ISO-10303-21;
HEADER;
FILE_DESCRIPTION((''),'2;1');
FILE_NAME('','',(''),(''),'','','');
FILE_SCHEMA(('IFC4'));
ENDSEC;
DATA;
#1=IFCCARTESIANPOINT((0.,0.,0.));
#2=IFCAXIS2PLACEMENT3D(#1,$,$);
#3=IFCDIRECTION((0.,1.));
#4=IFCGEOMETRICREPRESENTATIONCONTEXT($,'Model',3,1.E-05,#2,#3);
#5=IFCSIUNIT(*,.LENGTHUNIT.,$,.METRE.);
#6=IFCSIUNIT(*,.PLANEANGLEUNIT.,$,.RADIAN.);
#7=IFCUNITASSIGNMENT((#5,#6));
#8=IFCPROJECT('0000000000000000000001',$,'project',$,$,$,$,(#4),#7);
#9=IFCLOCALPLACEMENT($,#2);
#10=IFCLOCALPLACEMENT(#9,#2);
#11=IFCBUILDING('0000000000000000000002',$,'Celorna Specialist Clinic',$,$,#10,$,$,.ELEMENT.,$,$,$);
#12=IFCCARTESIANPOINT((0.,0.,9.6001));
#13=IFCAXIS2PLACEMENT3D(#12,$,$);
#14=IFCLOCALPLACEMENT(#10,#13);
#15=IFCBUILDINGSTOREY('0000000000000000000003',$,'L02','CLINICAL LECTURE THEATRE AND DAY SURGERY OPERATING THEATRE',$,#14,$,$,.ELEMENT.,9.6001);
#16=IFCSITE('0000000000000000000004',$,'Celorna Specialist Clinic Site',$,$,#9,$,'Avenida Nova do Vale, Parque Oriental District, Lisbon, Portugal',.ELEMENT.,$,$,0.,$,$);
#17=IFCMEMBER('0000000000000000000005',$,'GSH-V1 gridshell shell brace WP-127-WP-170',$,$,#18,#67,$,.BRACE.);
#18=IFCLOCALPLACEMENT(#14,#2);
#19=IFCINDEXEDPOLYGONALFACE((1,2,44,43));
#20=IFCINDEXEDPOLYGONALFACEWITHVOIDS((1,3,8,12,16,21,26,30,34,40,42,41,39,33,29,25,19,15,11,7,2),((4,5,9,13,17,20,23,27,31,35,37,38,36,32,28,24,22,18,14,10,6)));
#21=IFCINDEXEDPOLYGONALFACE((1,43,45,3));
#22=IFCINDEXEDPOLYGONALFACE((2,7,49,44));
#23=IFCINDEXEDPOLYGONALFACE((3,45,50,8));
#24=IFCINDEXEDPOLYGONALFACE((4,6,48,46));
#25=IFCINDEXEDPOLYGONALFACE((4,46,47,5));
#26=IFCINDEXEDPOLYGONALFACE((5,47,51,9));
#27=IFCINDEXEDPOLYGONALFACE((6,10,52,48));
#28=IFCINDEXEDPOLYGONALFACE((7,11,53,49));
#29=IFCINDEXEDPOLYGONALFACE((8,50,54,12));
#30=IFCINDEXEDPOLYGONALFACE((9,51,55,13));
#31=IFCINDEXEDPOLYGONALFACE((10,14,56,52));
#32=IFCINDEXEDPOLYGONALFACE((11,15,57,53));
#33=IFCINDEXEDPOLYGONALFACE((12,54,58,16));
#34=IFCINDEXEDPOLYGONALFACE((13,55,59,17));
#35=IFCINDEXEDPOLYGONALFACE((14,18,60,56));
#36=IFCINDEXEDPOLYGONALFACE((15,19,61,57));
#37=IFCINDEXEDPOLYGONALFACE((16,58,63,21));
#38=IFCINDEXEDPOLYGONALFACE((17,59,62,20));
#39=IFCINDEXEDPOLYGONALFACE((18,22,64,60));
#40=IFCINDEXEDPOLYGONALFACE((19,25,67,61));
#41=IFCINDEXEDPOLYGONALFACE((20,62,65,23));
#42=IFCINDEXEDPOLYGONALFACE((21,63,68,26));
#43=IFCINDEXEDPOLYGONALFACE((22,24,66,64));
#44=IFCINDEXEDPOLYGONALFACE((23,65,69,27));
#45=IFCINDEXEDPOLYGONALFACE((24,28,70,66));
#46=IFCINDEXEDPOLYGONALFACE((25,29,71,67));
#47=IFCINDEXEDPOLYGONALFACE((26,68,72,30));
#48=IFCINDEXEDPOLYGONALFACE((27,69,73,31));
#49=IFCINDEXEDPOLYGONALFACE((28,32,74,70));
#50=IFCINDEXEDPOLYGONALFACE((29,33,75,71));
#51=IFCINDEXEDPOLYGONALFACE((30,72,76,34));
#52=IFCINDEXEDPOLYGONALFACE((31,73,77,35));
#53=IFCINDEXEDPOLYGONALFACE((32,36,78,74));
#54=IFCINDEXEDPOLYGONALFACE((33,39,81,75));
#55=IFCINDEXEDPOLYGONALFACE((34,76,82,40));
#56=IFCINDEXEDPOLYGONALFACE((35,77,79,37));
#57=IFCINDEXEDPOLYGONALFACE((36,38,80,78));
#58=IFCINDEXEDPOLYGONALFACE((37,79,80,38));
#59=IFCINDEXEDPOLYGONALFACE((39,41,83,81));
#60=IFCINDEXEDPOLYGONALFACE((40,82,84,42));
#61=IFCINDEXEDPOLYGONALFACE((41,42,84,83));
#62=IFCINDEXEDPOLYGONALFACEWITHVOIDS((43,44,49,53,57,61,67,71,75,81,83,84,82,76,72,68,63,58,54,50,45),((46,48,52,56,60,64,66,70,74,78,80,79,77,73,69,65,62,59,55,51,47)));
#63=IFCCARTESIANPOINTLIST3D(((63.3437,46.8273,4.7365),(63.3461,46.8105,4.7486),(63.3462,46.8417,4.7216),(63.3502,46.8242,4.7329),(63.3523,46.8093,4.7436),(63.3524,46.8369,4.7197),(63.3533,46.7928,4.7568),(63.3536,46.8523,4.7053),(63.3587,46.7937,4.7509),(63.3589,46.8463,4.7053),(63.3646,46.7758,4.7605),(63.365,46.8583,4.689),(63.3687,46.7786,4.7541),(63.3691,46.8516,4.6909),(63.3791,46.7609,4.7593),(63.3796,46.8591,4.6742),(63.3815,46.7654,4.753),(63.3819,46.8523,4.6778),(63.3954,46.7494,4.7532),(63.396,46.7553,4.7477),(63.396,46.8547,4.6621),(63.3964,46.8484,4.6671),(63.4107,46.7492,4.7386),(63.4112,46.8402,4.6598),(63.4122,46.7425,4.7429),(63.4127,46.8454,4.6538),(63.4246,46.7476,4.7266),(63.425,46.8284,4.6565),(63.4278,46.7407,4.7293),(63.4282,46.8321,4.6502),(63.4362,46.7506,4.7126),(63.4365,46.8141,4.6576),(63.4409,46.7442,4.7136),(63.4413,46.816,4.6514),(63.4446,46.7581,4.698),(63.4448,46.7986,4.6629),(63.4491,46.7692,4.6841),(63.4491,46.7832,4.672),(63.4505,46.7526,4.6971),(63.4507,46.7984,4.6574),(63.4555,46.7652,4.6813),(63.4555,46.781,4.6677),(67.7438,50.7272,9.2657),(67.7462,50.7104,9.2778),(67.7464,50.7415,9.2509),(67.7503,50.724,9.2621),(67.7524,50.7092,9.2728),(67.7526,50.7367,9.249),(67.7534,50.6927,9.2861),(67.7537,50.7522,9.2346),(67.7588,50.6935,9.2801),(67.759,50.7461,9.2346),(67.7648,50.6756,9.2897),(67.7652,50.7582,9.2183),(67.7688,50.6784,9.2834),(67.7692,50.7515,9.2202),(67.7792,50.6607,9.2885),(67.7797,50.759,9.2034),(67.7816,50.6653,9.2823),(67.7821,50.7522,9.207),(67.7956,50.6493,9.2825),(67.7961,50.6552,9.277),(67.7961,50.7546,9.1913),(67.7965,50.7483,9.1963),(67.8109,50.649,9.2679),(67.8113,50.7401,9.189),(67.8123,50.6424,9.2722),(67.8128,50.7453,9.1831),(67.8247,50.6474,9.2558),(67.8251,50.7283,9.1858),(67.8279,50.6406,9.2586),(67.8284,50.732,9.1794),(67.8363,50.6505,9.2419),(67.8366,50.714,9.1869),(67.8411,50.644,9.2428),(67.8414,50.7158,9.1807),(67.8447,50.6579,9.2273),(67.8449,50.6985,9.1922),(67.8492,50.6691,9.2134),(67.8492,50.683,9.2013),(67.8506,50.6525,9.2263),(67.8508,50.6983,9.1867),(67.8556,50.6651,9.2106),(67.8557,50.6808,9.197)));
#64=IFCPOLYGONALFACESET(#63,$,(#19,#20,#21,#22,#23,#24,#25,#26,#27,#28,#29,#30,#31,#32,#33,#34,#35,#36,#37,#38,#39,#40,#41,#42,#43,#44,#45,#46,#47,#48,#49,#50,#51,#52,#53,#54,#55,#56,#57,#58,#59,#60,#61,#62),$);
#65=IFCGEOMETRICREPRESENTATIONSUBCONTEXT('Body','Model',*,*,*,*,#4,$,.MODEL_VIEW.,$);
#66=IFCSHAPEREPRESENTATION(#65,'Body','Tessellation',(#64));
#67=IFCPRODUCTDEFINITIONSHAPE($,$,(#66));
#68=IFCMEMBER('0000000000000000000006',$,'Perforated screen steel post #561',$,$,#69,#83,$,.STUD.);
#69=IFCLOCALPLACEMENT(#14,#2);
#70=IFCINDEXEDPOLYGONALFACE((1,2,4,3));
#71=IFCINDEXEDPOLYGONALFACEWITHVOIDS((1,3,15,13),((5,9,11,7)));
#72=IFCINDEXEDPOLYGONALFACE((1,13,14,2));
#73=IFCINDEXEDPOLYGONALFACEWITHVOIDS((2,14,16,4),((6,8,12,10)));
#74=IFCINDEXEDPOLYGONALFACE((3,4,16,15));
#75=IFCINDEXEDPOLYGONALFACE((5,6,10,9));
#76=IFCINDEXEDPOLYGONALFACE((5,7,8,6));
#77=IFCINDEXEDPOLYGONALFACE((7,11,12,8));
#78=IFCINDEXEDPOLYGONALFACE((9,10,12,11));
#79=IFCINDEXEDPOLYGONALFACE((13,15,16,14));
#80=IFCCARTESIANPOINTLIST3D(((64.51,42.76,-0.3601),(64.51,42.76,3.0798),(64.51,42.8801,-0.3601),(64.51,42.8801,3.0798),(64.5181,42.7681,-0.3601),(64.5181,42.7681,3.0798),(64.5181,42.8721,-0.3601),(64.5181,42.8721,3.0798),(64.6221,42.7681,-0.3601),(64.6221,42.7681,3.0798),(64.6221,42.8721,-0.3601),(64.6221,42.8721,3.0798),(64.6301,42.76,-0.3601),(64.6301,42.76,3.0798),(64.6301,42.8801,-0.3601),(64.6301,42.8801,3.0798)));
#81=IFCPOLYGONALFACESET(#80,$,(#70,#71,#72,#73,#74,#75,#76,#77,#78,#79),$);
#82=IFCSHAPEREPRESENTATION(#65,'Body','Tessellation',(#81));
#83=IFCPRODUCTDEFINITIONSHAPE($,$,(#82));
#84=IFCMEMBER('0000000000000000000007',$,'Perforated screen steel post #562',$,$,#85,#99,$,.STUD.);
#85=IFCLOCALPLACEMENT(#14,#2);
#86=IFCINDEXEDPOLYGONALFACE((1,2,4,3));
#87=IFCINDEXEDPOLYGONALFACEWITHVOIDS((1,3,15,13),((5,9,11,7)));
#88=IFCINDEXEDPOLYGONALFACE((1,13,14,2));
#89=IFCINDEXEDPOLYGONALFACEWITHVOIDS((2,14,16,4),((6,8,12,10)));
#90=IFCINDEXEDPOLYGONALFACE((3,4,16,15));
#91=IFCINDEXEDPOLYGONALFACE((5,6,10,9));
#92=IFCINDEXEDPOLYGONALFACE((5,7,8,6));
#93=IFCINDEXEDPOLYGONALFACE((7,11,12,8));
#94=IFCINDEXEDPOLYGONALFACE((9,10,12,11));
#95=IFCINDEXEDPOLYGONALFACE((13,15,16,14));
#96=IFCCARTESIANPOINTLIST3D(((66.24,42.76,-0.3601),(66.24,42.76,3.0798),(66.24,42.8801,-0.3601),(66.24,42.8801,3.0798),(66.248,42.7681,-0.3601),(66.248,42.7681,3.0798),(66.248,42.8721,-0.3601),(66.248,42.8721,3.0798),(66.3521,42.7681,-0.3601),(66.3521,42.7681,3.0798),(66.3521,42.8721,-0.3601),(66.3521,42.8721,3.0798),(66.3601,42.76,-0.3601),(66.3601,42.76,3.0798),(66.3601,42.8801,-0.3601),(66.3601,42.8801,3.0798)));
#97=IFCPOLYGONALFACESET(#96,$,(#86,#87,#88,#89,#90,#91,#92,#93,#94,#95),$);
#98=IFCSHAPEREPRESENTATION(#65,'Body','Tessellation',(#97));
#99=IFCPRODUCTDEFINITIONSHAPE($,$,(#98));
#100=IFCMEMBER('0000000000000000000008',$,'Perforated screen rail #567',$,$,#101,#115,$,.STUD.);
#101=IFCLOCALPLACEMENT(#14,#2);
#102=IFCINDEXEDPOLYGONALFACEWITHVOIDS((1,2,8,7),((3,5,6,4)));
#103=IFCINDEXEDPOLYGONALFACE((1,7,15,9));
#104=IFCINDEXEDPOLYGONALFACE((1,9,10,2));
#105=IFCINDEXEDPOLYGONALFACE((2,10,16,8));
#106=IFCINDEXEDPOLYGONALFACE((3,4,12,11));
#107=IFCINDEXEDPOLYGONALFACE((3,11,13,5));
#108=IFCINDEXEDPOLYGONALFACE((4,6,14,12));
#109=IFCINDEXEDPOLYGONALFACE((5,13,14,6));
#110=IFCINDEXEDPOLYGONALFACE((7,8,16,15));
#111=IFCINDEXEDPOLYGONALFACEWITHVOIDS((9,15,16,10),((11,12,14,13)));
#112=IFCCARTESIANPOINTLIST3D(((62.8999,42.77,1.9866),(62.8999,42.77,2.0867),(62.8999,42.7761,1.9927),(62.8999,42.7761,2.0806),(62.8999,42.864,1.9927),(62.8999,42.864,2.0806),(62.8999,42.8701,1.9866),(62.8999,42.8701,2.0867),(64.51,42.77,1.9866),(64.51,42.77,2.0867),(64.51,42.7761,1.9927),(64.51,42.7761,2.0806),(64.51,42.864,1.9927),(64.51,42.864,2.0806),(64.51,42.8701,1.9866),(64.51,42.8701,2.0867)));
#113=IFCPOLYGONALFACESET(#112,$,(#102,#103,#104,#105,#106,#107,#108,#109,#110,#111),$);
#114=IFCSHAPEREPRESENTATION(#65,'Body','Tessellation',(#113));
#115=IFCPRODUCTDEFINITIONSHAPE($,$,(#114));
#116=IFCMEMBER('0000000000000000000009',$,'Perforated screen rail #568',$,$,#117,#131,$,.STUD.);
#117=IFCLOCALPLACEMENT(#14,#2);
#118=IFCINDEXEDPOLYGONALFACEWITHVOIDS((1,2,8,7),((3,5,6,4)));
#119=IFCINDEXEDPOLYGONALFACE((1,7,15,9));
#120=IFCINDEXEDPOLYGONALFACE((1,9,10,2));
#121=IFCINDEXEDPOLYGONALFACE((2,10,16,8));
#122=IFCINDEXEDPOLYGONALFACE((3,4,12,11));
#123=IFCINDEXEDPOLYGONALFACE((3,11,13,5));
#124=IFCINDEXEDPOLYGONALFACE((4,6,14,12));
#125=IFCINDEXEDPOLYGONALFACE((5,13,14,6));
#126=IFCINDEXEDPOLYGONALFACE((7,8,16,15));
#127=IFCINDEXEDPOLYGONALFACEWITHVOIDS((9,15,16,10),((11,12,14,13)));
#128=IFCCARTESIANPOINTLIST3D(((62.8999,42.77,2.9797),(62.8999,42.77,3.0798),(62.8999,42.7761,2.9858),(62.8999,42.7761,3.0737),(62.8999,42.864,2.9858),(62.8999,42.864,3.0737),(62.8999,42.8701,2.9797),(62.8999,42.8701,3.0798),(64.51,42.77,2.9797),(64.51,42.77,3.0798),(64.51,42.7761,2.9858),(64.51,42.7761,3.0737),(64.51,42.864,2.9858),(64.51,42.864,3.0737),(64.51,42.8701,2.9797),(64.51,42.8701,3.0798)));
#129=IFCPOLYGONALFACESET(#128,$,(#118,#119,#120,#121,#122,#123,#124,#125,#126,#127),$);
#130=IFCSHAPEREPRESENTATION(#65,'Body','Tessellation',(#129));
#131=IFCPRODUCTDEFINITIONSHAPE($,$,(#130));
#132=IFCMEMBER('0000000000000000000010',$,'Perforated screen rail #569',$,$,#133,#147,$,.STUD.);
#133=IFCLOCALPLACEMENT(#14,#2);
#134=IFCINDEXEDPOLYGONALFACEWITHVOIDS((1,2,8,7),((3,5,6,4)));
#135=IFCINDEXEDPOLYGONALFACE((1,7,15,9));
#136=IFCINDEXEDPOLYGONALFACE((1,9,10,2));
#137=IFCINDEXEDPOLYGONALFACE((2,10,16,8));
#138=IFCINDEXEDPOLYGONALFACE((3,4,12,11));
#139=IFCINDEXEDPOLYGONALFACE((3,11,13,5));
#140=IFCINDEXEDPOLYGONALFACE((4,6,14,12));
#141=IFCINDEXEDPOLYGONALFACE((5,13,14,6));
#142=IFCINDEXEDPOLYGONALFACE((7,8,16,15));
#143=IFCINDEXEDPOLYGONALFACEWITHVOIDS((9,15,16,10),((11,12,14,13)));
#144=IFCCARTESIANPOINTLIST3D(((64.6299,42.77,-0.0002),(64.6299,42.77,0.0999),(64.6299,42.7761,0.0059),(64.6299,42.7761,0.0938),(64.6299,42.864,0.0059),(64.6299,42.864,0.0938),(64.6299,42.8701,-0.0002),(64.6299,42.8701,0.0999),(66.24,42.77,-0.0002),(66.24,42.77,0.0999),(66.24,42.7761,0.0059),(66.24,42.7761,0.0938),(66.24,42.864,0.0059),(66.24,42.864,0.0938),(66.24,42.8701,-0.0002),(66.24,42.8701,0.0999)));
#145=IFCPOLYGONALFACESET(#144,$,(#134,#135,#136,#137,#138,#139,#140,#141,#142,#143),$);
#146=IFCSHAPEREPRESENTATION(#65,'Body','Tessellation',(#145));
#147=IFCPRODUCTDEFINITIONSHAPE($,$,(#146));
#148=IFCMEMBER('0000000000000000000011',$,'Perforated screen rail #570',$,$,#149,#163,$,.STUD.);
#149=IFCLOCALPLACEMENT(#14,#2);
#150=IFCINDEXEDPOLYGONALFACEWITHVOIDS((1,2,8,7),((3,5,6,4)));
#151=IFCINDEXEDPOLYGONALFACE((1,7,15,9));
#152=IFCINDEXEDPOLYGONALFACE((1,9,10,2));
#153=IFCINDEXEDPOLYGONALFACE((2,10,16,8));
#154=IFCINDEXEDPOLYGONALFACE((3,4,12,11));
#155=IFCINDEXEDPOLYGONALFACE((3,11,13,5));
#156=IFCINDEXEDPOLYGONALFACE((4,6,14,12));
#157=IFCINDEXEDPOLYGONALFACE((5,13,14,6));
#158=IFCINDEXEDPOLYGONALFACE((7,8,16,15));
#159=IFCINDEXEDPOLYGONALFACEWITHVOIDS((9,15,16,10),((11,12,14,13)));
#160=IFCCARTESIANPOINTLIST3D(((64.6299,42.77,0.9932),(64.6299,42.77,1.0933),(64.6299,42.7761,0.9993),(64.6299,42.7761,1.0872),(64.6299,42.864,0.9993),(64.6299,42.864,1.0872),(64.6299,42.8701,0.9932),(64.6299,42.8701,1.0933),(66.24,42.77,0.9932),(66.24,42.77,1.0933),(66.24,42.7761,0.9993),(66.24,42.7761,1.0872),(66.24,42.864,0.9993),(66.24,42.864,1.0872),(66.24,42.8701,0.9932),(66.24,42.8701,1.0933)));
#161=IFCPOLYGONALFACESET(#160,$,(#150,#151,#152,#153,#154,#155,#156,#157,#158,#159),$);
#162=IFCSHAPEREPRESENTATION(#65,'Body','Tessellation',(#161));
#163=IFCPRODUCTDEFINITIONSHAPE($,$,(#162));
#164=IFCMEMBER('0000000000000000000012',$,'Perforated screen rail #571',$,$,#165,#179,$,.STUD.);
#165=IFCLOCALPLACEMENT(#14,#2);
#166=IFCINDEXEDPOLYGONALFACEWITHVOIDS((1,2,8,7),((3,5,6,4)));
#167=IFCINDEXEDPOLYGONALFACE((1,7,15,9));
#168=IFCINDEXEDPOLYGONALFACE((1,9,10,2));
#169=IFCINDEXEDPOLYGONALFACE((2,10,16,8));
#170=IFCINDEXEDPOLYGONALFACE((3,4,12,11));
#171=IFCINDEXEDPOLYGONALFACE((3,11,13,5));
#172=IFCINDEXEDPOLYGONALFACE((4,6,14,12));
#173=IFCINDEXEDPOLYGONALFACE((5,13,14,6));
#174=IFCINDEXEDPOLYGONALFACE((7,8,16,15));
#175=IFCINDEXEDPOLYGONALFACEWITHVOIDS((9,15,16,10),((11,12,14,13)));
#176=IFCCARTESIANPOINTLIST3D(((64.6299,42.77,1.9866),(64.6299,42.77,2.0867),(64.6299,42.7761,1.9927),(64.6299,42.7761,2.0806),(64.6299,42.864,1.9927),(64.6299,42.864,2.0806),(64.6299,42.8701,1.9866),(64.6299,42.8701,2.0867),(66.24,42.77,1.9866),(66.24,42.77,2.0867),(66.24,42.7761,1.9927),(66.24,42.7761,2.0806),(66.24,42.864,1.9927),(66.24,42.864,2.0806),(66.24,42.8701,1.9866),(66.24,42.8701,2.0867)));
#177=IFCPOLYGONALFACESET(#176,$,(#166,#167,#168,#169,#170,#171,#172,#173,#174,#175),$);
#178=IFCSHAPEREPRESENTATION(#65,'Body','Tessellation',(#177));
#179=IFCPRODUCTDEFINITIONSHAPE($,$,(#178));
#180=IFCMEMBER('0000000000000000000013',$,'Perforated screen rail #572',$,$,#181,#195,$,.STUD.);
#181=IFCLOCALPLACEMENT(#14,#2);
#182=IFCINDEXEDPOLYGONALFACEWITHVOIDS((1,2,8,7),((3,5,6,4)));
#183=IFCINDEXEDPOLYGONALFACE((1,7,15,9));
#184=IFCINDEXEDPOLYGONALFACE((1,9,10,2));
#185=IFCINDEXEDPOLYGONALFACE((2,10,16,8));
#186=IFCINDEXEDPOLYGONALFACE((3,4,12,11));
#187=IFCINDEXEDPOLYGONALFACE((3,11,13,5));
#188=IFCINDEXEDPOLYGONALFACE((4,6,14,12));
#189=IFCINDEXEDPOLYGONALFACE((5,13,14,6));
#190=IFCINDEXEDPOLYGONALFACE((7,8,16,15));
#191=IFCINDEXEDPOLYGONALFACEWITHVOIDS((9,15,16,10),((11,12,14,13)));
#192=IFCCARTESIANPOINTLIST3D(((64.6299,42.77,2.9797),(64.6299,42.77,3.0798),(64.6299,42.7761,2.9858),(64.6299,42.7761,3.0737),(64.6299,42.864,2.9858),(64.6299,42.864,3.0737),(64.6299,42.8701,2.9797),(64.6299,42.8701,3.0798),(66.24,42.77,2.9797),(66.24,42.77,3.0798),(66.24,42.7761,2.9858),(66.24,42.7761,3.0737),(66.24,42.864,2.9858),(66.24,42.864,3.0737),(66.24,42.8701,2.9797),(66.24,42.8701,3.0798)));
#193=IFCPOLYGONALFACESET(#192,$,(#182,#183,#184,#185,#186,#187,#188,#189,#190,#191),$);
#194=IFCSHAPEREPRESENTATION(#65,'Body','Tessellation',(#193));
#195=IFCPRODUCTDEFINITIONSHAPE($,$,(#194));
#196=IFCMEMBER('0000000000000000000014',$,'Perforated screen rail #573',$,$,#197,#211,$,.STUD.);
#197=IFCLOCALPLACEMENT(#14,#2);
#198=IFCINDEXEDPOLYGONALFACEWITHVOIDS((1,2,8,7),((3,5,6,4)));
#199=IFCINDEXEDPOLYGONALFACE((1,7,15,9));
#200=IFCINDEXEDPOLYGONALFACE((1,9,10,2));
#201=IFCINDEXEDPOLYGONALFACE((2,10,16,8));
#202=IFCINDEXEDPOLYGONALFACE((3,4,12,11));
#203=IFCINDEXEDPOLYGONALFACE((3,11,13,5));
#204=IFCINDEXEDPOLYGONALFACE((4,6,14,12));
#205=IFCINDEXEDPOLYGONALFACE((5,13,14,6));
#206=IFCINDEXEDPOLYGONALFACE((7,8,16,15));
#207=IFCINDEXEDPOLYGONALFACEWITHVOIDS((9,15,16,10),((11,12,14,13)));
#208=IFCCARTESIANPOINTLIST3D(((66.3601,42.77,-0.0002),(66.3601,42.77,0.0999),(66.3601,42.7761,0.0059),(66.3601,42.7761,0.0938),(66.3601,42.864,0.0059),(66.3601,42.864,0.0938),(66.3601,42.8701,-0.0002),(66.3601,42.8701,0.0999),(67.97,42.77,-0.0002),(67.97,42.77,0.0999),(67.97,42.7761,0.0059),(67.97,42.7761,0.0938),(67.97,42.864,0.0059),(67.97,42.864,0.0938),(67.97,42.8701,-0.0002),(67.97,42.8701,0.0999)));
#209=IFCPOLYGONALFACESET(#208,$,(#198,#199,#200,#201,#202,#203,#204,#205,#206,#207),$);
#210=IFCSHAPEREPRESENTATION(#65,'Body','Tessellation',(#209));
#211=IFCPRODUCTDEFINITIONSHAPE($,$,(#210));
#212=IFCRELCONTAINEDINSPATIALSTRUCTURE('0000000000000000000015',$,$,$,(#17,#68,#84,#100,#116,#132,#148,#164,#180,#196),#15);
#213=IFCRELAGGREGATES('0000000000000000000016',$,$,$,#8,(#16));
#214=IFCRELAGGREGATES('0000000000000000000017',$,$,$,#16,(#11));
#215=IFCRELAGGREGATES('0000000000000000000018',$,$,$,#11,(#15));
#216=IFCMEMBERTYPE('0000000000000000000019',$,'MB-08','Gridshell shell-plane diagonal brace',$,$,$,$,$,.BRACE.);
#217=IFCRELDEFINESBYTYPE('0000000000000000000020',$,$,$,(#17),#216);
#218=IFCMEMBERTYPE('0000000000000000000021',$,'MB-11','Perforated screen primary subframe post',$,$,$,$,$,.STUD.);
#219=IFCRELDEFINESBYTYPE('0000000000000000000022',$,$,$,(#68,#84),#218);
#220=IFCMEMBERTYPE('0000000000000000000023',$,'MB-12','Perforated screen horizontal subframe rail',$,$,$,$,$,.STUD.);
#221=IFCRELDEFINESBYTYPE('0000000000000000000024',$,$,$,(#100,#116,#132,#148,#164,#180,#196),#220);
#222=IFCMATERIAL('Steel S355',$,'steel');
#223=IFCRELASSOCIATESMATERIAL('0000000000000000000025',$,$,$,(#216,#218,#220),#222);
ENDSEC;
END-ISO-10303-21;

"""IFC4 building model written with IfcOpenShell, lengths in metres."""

from ifc_helpers import new_model, si_unit, direction, frame, origin, origin_2d, place, context, subcontext, project, spatial, hollow_rectangle, hollow_circle, extrude, material, material_profile, profile_set, type_object, element, save


model = new_model("IFC4")

# Units and contexts
model_context = context("Model", 3, precision=1e-05, world=origin(), true_north=direction((0.0, 1.0)))
body_context = subcontext(model_context, "Body", "Model", "MODEL_VIEW")
ifc_project = project(units=[si_unit("LENGTHUNIT", "METRE"), si_unit("PLANEANGLEUNIT", "RADIAN")], contexts=[model_context])

# Site, building, storey
site_placement = place(None, origin())
site = spatial("IfcSite", under=ifc_project, at=site_placement, Name="Celorna Specialist Clinic Site", LongName="Avenida Nova do Vale, Parque Oriental District, Lisbon, Portugal", CompositionType="ELEMENT", RefElevation=0.0)
building_placement = place(site_placement, origin())
building = spatial("IfcBuilding", under=site, at=building_placement, Name="Celorna Specialist Clinic", CompositionType="ELEMENT")
storey_placement = place(building_placement, frame((0.0, 0.0, 9.6001)))
storey = spatial("IfcBuildingStorey", under=building, at=storey_placement, Name="L02", Description="CLINICAL LECTURE THEATRE AND DAY SURGERY OPERATING THEATRE", CompositionType="ELEMENT", Elevation=9.6001)

# Shared definitions
ifc_material_1 = material(Name="Steel S355", Category="steel")

# Members
ifc_material_profile_1 = material_profile(ifc_material_1, hollow_circle(Radius=0.0698, WallThickness=0.0081, at=origin_2d()), Name="CHS 139.7x8")
ifc_profile_set_1 = profile_set([ifc_material_profile_1], Name="Steel S355")
member_type_1 = type_object("IfcMemberType", Name="MB-08", Description="Gridshell shell-plane diagonal brace", PredefinedType="BRACE", material=ifc_profile_set_1)
member_1_placement = place(storey_placement, frame((63.3999, 46.8, 4.7053), z_axis=(0.592857, 0.525457, 0.610259), x_axis=(-0.663286, 0.748366, 0.0)))
element("IfcMember", 1, at=member_1_placement, inside=storey, type_object=member_type_1, Name="GSH-V1 gridshell shell brace WP-127-WP-170", PredefinedType="BRACE", context=body_context, shape_type="SweptSolid", body=[
    extrude(hollow_circle(Radius=0.0698, WallThickness=0.0081, at=origin_2d()), origin(), (0.0, 0.0, 1.0), 7.4219),
])
ifc_material_profile_2 = material_profile(ifc_material_1, hollow_rectangle(XDim=0.1201, YDim=0.1201, WallThickness=0.0081, at=origin_2d()), Name="SHS 120x120x8")
ifc_profile_set_2 = profile_set([ifc_material_profile_2], Name="Steel S355")
member_type_2 = type_object("IfcMemberType", Name="MB-11", Description="Perforated screen primary subframe post", PredefinedType="STUD", material=ifc_profile_set_2)
for number, where, z_axis, x_axis, name in (
    (2, (64.5701, 42.8201, -0.3601), (0.0, 0.0, 1.0), (1.0, 0.0, 0.0), "Perforated screen steel post #561"),
    (3, (66.3, 42.8201, -0.3601), (0.0, 0.0, 1.0), (1.0, 0.0, 0.0), "Perforated screen steel post #562"),
):
    element("IfcMember", number, at=place(storey_placement, frame(where, z_axis=z_axis, x_axis=x_axis)), inside=storey, type_object=member_type_2, Name=name, PredefinedType="STUD", context=body_context, shape_type="SweptSolid", body=[
        extrude(hollow_rectangle(XDim=0.1201, YDim=0.1201, WallThickness=0.0081, at=origin_2d()), origin(), (0.0, 0.0, 1.0), 3.4399),
    ])
ifc_material_profile_3 = material_profile(ifc_material_1, hollow_rectangle(XDim=0.1001, YDim=0.1001, WallThickness=0.0061, at=origin_2d()), Name="SHS 100x100x6")
ifc_profile_set_3 = profile_set([ifc_material_profile_3], Name="Steel S355")
member_type_3 = type_object("IfcMemberType", Name="MB-12", Description="Perforated screen horizontal subframe rail", PredefinedType="STUD", material=ifc_profile_set_3)
for number, where, z_axis, x_axis, name in (
    (4, (62.8999, 42.8201, 2.0366), (1.0, 0.0, 0.0), (0.0, 1.0, 0.0), "Perforated screen rail #567"),
    (5, (62.8999, 42.8201, 3.0298), (1.0, 0.0, 0.0), (0.0, 1.0, 0.0), "Perforated screen rail #568"),
    (6, (64.6299, 42.8201, 0.0498), (1.0, 0.0, 0.0), (0.0, 1.0, 0.0), "Perforated screen rail #569"),
    (7, (64.6299, 42.8201, 1.0432), (1.0, 0.0, 0.0), (0.0, 1.0, 0.0), "Perforated screen rail #570"),
    (8, (64.6299, 42.8201, 2.0366), (1.0, 0.0, 0.0), (0.0, 1.0, 0.0), "Perforated screen rail #571"),
    (9, (64.6299, 42.8201, 3.0298), (1.0, 0.0, 0.0), (0.0, 1.0, 0.0), "Perforated screen rail #572"),
):
    element("IfcMember", number, at=place(storey_placement, frame(where, z_axis=z_axis, x_axis=x_axis)), inside=storey, type_object=member_type_3, Name=name, PredefinedType="STUD", context=body_context, shape_type="SweptSolid", body=[
        extrude(hollow_rectangle(XDim=0.1001, YDim=0.1001, WallThickness=0.0061, at=origin_2d()), origin(), (0.0, 0.0, 1.0), 1.6101),
    ])
for number, where, z_axis, x_axis, name in (
    (10, (66.3601, 42.8201, 0.0498), (1.0, 0.0, 0.0), (0.0, 1.0, 0.0), "Perforated screen rail #573"),
):
    element("IfcMember", number, at=place(storey_placement, frame(where, z_axis=z_axis, x_axis=x_axis)), inside=storey, type_object=member_type_3, Name=name, PredefinedType="STUD", context=body_context, shape_type="SweptSolid", body=[
        extrude(hollow_rectangle(XDim=0.1001, YDim=0.1001, WallThickness=0.0061, at=origin_2d()), origin(), (0.0, 0.0, 1.0), 1.6099),
    ])

save(model, "model.ifc")
